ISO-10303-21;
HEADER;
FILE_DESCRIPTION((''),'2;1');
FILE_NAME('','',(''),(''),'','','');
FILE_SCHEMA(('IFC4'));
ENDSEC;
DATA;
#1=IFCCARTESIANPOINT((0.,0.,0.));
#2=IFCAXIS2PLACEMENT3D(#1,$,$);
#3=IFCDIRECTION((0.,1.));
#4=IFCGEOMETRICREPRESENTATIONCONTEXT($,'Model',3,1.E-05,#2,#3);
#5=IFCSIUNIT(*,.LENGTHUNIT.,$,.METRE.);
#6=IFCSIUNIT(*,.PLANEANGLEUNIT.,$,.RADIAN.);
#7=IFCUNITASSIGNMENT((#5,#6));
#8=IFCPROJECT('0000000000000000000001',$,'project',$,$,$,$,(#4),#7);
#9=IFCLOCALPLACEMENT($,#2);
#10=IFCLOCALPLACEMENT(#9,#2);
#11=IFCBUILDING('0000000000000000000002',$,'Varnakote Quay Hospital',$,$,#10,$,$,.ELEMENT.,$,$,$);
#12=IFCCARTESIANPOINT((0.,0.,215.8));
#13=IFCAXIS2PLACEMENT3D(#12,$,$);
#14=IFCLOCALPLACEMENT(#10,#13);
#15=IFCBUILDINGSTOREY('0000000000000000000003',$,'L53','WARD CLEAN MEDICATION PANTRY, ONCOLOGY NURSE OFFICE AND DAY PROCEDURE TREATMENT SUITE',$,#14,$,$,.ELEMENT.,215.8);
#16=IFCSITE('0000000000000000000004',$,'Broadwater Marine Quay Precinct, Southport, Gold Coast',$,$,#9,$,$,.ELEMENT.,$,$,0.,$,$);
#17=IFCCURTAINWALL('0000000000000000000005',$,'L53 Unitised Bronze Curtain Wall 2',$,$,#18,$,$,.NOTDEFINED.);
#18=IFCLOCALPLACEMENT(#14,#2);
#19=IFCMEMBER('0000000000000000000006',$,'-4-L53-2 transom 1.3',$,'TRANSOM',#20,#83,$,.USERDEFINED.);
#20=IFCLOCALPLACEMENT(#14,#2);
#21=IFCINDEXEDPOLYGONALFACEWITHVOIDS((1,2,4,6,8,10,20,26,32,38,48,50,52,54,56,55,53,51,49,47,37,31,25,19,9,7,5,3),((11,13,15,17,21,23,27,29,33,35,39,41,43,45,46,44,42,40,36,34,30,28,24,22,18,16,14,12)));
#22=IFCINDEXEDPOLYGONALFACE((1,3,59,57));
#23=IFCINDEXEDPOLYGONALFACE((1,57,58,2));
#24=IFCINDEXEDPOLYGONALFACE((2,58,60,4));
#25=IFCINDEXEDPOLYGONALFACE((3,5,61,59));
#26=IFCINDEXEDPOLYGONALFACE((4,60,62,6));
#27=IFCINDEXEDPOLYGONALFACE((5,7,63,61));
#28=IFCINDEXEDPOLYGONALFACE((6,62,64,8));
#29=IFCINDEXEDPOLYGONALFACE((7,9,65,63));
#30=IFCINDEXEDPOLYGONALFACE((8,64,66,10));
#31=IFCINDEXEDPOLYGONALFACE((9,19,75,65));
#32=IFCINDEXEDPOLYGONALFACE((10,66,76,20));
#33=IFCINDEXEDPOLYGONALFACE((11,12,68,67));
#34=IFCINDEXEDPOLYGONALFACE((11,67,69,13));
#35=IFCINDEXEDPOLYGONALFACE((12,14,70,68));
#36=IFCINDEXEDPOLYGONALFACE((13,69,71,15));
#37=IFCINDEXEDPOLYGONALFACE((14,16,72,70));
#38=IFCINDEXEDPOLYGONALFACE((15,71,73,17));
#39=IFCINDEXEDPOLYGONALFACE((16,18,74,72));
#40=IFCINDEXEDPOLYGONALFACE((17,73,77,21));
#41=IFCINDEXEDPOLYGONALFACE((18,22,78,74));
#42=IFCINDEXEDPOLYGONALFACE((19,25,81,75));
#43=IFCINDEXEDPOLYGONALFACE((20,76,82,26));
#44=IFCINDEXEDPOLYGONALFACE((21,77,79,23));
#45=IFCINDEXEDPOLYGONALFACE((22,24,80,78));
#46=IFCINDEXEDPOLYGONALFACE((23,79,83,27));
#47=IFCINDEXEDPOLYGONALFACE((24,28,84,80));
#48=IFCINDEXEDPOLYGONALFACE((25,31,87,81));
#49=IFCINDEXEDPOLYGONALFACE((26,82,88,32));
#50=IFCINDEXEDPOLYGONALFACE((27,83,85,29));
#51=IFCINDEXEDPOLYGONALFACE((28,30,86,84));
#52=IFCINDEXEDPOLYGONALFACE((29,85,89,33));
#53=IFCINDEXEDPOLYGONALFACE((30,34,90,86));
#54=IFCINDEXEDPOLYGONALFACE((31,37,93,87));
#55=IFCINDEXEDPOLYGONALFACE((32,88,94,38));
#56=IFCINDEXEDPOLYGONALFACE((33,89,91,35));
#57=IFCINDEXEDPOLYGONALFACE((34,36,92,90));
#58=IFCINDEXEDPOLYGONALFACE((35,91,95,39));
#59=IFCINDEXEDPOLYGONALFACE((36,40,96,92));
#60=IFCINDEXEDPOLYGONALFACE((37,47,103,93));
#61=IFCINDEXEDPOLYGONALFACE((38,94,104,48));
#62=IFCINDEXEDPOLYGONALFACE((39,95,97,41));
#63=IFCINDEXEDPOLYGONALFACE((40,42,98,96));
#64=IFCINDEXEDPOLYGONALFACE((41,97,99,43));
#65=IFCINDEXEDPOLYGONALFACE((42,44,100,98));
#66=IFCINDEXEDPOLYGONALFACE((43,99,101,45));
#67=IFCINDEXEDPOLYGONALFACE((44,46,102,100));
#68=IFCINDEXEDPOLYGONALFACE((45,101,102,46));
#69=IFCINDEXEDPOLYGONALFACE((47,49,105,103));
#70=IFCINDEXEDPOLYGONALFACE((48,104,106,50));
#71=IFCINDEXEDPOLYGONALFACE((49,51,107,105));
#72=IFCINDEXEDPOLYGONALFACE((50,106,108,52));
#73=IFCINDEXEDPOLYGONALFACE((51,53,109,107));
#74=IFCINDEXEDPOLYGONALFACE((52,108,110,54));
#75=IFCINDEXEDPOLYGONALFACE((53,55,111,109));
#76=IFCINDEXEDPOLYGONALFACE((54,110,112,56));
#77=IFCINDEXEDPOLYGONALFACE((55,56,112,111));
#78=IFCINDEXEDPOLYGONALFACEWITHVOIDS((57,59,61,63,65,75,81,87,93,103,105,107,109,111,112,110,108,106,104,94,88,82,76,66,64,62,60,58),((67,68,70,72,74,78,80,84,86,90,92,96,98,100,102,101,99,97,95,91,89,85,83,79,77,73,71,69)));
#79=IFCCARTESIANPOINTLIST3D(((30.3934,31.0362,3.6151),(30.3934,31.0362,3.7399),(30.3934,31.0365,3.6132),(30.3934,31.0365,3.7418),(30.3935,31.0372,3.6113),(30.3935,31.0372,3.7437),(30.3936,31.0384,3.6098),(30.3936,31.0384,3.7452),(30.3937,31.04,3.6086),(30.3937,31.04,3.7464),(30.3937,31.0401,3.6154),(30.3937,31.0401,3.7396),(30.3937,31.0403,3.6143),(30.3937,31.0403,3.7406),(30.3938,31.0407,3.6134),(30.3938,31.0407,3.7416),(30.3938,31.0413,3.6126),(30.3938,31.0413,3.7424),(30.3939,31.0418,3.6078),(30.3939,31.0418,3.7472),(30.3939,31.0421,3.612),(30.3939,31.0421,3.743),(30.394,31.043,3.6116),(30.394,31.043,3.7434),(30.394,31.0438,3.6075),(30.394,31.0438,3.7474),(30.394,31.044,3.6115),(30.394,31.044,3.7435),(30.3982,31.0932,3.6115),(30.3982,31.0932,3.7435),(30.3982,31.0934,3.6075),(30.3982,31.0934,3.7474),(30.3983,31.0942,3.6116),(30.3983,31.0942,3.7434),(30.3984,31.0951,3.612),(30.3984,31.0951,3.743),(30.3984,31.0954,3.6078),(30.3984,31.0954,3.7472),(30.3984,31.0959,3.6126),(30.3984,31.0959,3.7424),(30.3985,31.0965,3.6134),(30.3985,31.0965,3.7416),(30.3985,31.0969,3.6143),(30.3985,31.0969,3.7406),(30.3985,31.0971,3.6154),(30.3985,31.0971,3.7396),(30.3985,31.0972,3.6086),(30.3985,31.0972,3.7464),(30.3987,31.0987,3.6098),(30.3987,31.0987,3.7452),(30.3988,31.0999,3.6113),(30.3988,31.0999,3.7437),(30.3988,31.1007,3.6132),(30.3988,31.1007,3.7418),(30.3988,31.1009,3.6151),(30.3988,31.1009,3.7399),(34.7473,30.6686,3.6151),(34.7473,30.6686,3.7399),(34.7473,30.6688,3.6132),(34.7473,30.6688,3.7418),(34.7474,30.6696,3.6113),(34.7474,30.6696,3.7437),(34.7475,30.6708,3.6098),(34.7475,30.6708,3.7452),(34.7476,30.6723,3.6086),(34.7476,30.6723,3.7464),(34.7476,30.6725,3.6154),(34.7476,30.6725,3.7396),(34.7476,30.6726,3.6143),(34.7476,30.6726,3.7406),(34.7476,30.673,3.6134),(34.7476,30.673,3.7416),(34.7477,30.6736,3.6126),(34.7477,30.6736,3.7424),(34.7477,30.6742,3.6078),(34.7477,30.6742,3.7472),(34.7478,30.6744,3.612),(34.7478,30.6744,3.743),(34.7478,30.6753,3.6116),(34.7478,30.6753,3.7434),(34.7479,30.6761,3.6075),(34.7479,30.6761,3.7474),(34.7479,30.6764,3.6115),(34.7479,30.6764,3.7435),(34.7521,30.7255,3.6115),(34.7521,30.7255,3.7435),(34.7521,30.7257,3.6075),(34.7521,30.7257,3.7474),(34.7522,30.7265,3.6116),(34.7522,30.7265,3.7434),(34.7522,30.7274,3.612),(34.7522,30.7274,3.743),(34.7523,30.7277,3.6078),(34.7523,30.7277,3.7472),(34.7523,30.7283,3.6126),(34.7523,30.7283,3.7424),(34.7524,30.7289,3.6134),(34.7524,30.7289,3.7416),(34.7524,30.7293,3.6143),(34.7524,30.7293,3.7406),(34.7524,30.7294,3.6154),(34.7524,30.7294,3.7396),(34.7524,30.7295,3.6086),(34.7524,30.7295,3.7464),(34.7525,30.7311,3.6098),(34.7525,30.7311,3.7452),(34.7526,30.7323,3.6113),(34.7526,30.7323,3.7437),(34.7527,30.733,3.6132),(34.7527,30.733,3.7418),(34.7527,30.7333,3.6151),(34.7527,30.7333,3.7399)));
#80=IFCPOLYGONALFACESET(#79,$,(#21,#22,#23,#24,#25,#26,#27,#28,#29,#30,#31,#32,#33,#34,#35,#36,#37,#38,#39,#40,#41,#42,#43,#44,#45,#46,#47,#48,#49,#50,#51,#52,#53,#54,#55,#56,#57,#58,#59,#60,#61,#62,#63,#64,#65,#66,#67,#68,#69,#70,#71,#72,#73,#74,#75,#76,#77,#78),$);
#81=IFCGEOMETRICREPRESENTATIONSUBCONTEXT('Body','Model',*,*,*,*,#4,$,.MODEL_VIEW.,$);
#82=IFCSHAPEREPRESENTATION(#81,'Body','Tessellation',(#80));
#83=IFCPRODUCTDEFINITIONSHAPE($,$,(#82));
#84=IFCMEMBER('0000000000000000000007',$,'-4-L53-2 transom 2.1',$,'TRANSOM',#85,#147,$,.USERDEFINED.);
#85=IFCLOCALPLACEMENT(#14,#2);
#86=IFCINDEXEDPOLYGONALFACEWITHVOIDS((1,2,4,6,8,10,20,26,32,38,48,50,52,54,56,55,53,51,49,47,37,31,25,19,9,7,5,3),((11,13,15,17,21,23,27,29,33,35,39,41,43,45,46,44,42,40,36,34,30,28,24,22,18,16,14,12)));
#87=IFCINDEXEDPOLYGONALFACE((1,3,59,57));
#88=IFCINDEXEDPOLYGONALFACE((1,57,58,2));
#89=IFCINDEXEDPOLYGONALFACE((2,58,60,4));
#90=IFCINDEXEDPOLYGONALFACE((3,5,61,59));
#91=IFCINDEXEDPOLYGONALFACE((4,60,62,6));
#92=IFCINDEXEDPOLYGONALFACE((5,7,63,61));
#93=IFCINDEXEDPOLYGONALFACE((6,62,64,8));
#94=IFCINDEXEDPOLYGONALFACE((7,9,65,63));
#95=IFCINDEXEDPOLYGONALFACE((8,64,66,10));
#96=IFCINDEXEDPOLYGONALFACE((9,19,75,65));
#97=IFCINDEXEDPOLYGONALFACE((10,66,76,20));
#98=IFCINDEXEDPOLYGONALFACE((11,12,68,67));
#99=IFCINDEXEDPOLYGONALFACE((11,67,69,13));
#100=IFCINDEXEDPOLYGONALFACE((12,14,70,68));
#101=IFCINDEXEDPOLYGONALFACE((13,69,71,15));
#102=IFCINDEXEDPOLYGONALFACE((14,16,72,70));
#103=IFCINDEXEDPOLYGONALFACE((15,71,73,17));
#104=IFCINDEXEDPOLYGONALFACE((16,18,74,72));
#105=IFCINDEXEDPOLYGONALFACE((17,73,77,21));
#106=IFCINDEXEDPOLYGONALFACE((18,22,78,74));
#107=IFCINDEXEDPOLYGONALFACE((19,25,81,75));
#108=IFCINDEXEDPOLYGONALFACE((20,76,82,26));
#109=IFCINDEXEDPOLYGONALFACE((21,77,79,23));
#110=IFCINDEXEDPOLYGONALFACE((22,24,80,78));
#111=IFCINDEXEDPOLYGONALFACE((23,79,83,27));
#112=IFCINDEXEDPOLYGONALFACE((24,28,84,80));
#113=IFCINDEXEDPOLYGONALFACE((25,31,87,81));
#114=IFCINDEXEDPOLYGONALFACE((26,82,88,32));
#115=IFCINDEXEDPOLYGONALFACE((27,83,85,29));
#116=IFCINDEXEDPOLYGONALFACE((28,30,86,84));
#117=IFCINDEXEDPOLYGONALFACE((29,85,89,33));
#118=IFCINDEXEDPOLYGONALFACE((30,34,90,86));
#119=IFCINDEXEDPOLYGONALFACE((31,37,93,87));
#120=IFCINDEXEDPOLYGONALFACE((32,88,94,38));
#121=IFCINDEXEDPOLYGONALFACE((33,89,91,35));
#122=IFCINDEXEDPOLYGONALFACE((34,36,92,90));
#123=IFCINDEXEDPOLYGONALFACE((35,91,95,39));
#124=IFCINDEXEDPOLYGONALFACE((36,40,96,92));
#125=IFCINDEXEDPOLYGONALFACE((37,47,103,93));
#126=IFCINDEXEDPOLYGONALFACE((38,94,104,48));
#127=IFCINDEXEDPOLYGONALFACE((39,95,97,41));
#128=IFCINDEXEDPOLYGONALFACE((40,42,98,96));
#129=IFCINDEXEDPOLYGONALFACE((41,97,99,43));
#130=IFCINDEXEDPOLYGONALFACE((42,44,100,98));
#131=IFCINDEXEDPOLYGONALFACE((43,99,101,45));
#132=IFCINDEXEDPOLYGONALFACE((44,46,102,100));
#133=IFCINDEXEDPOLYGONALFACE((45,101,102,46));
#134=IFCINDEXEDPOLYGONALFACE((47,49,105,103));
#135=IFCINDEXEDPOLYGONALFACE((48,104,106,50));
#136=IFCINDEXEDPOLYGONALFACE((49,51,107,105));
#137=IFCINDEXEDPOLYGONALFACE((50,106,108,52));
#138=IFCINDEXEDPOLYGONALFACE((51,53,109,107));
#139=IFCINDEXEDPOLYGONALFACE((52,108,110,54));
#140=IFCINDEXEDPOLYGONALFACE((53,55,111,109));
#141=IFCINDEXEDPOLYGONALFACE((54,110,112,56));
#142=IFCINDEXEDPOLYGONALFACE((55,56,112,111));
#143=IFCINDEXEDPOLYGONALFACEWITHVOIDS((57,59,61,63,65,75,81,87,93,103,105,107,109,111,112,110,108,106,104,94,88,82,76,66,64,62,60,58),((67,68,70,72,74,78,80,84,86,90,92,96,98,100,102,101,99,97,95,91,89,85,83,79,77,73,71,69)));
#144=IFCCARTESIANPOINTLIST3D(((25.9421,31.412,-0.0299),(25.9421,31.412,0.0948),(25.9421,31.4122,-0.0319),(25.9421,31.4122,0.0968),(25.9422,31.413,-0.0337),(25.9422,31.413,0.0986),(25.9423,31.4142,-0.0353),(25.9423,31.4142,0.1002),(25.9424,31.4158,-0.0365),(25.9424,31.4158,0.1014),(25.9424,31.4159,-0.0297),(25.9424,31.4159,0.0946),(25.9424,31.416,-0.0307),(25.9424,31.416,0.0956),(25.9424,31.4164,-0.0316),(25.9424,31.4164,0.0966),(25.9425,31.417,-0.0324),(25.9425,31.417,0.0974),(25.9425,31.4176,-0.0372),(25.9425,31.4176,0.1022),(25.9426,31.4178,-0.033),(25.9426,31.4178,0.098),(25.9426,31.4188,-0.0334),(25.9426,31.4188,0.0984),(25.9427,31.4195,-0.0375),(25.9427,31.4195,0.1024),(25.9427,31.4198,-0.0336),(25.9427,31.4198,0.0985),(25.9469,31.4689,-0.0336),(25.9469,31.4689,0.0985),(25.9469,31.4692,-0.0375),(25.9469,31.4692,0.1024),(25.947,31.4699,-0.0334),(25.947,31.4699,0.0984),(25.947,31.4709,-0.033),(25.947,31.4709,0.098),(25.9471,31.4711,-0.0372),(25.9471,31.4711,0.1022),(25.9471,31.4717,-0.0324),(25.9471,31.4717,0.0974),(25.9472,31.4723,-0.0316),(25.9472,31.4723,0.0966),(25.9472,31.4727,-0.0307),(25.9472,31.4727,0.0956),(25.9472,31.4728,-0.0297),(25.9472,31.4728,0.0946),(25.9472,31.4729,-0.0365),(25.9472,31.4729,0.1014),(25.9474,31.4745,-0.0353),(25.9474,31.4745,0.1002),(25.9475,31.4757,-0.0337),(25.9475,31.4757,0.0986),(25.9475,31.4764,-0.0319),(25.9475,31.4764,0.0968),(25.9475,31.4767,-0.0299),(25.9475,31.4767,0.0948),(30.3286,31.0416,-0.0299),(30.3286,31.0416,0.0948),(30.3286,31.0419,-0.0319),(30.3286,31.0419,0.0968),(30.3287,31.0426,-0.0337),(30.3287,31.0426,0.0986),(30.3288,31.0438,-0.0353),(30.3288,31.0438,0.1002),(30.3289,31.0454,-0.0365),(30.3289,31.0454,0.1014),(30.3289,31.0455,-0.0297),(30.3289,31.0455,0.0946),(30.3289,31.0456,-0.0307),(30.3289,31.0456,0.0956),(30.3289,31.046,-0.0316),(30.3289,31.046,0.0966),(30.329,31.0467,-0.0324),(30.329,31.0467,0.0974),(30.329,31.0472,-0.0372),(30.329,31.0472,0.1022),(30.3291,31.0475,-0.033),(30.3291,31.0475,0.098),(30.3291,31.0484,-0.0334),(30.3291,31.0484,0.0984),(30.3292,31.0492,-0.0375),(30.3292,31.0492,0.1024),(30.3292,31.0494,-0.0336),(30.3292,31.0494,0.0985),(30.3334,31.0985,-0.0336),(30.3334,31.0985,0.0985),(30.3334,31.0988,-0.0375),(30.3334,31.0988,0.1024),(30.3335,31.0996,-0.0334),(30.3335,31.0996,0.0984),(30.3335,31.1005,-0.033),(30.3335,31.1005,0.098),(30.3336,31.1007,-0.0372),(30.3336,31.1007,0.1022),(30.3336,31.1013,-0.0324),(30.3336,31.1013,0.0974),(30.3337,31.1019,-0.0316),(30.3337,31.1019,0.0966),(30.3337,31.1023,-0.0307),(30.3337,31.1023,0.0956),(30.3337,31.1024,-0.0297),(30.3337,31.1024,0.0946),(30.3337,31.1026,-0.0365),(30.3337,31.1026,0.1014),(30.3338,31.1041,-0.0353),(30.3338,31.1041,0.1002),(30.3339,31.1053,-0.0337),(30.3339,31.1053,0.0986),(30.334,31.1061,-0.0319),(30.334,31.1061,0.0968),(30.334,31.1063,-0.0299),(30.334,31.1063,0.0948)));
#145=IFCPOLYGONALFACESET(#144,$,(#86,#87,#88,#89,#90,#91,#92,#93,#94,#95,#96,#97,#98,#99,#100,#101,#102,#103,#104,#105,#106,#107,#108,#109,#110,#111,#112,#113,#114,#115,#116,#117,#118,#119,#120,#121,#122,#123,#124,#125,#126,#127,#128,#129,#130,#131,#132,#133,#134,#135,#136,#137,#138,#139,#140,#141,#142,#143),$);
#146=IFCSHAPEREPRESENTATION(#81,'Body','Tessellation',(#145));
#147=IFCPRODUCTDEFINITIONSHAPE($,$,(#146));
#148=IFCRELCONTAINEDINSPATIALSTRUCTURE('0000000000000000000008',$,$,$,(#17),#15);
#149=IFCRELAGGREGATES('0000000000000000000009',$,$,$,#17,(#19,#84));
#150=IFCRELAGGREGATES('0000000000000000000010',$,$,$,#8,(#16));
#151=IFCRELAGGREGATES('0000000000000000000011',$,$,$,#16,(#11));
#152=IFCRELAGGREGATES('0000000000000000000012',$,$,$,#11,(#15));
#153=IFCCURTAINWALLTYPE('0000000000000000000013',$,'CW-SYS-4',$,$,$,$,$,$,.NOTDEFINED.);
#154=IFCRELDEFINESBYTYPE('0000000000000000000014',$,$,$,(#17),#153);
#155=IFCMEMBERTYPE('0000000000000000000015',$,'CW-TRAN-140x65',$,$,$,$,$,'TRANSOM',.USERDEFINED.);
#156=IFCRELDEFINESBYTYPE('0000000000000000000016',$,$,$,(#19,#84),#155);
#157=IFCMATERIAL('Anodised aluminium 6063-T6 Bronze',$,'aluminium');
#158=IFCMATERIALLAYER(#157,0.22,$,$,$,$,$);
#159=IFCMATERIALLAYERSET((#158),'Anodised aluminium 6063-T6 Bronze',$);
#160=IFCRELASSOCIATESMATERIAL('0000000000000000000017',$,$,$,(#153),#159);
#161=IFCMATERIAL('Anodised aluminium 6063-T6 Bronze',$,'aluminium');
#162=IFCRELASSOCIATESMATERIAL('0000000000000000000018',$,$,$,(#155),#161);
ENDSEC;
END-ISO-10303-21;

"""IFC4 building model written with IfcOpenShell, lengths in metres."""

from ifc_helpers import new_model, si_unit, direction, frame, origin, origin_2d, place, context, subcontext, project, spatial, hollow_rectangle, extrude, material, layer, layer_set, material_profile, profile_set, type_object, element, aggregate, save


model = new_model("IFC4")

# Units and contexts
model_context = context("Model", 3, precision=1e-05, world=origin(), true_north=direction((0.0, 1.0)))
body_context = subcontext(model_context, "Body", "Model", "MODEL_VIEW")
ifc_project = project(units=[si_unit("LENGTHUNIT", "METRE"), si_unit("PLANEANGLEUNIT", "RADIAN")], contexts=[model_context])

# Site, building, storey
site_placement = place(None, origin())
site = spatial("IfcSite", under=ifc_project, at=site_placement, Name="Broadwater Marine Quay Precinct, Southport, Gold Coast", CompositionType="ELEMENT", RefElevation=0.0)
building_placement = place(site_placement, origin())
building = spatial("IfcBuilding", under=site, at=building_placement, Name="Varnakote Quay Hospital", CompositionType="ELEMENT")
storey_placement = place(building_placement, frame((0.0, 0.0, 215.8)))
storey = spatial("IfcBuildingStorey", under=building, at=storey_placement, Name="L53", Description="WARD CLEAN MEDICATION PANTRY, ONCOLOGY NURSE OFFICE AND DAY PROCEDURE TREATMENT SUITE", CompositionType="ELEMENT", Elevation=215.8)

# Curtain wall, members
ifc_material_1 = material(Name="Anodised aluminium 6063-T6 Bronze", Category="aluminium")
ifc_layer_1 = layer(ifc_material_1, 0.22)
ifc_layer_set_1 = layer_set([ifc_layer_1], Name="Anodised aluminium 6063-T6 Bronze")
curtain_wall_type = type_object("IfcCurtainWallType", Name="CW-SYS-4", PredefinedType="NOTDEFINED", material=ifc_layer_set_1)
curtain_wall_placement = place(storey_placement, origin())
curtain_wall = element("IfcCurtainWall", 1, at=curtain_wall_placement, inside=storey, type_object=curtain_wall_type, Name="L53 Unitised Bronze Curtain Wall 2", PredefinedType="NOTDEFINED")
ifc_material_2 = material(Name="Anodised aluminium 6063-T6 Bronze", Category="aluminium")
ifc_material_profile_1 = material_profile(ifc_material_2, hollow_rectangle(XDim=0.0649, YDim=0.1399, WallThickness=0.0039, InnerFilletRadius=0.0039, OuterFilletRadius=0.0076, at=origin_2d()), Name="CW-TRAN-140x65")
ifc_profile_set_1 = profile_set([ifc_material_profile_1], Name="Anodised aluminium 6063-T6 Bronze")
member_type_1 = type_object("IfcMemberType", Name="CW-TRAN-140x65", ElementType="TRANSOM", PredefinedType="USERDEFINED", material=ifc_profile_set_1)
member_1_placement = place(storey_placement, frame((34.75, 30.7009, 3.6775), z_axis=(-0.996453, 0.084146, 0.0), x_axis=(-0.084146, -0.996453, 0.0)))
member_1 = element("IfcMember", 2, at=member_1_placement, type_object=member_type_1, Name="-4-L53-2 transom 1.3", ObjectType="TRANSOM", PredefinedType="USERDEFINED", context=body_context, shape_type="SweptSolid", body=[
    extrude(hollow_rectangle(XDim=0.0649, YDim=0.1399, WallThickness=0.0039, InnerFilletRadius=0.0039, OuterFilletRadius=0.0076, at=origin_2d()), origin(), (0.0, 0.0, 1.0), 4.3694),
])
member_2_placement = place(storey_placement, frame((30.3313, 31.074, 0.0325), z_axis=(-0.996455, 0.084133, 0.0), x_axis=(-0.084133, -0.996455, 0.0)))
member_2 = element("IfcMember", 3, at=member_2_placement, type_object=member_type_1, Name="-4-L53-2 transom 2.1", ObjectType="TRANSOM", PredefinedType="USERDEFINED", context=body_context, shape_type="SweptSolid", body=[
    extrude(hollow_rectangle(XDim=0.0649, YDim=0.1399, WallThickness=0.0039, InnerFilletRadius=0.0039, OuterFilletRadius=0.0076, at=origin_2d()), origin(), (0.0, 0.0, 1.0), 4.4021),
])

aggregate(curtain_wall, [member_1, member_2])

save(model, "model.ifc")
